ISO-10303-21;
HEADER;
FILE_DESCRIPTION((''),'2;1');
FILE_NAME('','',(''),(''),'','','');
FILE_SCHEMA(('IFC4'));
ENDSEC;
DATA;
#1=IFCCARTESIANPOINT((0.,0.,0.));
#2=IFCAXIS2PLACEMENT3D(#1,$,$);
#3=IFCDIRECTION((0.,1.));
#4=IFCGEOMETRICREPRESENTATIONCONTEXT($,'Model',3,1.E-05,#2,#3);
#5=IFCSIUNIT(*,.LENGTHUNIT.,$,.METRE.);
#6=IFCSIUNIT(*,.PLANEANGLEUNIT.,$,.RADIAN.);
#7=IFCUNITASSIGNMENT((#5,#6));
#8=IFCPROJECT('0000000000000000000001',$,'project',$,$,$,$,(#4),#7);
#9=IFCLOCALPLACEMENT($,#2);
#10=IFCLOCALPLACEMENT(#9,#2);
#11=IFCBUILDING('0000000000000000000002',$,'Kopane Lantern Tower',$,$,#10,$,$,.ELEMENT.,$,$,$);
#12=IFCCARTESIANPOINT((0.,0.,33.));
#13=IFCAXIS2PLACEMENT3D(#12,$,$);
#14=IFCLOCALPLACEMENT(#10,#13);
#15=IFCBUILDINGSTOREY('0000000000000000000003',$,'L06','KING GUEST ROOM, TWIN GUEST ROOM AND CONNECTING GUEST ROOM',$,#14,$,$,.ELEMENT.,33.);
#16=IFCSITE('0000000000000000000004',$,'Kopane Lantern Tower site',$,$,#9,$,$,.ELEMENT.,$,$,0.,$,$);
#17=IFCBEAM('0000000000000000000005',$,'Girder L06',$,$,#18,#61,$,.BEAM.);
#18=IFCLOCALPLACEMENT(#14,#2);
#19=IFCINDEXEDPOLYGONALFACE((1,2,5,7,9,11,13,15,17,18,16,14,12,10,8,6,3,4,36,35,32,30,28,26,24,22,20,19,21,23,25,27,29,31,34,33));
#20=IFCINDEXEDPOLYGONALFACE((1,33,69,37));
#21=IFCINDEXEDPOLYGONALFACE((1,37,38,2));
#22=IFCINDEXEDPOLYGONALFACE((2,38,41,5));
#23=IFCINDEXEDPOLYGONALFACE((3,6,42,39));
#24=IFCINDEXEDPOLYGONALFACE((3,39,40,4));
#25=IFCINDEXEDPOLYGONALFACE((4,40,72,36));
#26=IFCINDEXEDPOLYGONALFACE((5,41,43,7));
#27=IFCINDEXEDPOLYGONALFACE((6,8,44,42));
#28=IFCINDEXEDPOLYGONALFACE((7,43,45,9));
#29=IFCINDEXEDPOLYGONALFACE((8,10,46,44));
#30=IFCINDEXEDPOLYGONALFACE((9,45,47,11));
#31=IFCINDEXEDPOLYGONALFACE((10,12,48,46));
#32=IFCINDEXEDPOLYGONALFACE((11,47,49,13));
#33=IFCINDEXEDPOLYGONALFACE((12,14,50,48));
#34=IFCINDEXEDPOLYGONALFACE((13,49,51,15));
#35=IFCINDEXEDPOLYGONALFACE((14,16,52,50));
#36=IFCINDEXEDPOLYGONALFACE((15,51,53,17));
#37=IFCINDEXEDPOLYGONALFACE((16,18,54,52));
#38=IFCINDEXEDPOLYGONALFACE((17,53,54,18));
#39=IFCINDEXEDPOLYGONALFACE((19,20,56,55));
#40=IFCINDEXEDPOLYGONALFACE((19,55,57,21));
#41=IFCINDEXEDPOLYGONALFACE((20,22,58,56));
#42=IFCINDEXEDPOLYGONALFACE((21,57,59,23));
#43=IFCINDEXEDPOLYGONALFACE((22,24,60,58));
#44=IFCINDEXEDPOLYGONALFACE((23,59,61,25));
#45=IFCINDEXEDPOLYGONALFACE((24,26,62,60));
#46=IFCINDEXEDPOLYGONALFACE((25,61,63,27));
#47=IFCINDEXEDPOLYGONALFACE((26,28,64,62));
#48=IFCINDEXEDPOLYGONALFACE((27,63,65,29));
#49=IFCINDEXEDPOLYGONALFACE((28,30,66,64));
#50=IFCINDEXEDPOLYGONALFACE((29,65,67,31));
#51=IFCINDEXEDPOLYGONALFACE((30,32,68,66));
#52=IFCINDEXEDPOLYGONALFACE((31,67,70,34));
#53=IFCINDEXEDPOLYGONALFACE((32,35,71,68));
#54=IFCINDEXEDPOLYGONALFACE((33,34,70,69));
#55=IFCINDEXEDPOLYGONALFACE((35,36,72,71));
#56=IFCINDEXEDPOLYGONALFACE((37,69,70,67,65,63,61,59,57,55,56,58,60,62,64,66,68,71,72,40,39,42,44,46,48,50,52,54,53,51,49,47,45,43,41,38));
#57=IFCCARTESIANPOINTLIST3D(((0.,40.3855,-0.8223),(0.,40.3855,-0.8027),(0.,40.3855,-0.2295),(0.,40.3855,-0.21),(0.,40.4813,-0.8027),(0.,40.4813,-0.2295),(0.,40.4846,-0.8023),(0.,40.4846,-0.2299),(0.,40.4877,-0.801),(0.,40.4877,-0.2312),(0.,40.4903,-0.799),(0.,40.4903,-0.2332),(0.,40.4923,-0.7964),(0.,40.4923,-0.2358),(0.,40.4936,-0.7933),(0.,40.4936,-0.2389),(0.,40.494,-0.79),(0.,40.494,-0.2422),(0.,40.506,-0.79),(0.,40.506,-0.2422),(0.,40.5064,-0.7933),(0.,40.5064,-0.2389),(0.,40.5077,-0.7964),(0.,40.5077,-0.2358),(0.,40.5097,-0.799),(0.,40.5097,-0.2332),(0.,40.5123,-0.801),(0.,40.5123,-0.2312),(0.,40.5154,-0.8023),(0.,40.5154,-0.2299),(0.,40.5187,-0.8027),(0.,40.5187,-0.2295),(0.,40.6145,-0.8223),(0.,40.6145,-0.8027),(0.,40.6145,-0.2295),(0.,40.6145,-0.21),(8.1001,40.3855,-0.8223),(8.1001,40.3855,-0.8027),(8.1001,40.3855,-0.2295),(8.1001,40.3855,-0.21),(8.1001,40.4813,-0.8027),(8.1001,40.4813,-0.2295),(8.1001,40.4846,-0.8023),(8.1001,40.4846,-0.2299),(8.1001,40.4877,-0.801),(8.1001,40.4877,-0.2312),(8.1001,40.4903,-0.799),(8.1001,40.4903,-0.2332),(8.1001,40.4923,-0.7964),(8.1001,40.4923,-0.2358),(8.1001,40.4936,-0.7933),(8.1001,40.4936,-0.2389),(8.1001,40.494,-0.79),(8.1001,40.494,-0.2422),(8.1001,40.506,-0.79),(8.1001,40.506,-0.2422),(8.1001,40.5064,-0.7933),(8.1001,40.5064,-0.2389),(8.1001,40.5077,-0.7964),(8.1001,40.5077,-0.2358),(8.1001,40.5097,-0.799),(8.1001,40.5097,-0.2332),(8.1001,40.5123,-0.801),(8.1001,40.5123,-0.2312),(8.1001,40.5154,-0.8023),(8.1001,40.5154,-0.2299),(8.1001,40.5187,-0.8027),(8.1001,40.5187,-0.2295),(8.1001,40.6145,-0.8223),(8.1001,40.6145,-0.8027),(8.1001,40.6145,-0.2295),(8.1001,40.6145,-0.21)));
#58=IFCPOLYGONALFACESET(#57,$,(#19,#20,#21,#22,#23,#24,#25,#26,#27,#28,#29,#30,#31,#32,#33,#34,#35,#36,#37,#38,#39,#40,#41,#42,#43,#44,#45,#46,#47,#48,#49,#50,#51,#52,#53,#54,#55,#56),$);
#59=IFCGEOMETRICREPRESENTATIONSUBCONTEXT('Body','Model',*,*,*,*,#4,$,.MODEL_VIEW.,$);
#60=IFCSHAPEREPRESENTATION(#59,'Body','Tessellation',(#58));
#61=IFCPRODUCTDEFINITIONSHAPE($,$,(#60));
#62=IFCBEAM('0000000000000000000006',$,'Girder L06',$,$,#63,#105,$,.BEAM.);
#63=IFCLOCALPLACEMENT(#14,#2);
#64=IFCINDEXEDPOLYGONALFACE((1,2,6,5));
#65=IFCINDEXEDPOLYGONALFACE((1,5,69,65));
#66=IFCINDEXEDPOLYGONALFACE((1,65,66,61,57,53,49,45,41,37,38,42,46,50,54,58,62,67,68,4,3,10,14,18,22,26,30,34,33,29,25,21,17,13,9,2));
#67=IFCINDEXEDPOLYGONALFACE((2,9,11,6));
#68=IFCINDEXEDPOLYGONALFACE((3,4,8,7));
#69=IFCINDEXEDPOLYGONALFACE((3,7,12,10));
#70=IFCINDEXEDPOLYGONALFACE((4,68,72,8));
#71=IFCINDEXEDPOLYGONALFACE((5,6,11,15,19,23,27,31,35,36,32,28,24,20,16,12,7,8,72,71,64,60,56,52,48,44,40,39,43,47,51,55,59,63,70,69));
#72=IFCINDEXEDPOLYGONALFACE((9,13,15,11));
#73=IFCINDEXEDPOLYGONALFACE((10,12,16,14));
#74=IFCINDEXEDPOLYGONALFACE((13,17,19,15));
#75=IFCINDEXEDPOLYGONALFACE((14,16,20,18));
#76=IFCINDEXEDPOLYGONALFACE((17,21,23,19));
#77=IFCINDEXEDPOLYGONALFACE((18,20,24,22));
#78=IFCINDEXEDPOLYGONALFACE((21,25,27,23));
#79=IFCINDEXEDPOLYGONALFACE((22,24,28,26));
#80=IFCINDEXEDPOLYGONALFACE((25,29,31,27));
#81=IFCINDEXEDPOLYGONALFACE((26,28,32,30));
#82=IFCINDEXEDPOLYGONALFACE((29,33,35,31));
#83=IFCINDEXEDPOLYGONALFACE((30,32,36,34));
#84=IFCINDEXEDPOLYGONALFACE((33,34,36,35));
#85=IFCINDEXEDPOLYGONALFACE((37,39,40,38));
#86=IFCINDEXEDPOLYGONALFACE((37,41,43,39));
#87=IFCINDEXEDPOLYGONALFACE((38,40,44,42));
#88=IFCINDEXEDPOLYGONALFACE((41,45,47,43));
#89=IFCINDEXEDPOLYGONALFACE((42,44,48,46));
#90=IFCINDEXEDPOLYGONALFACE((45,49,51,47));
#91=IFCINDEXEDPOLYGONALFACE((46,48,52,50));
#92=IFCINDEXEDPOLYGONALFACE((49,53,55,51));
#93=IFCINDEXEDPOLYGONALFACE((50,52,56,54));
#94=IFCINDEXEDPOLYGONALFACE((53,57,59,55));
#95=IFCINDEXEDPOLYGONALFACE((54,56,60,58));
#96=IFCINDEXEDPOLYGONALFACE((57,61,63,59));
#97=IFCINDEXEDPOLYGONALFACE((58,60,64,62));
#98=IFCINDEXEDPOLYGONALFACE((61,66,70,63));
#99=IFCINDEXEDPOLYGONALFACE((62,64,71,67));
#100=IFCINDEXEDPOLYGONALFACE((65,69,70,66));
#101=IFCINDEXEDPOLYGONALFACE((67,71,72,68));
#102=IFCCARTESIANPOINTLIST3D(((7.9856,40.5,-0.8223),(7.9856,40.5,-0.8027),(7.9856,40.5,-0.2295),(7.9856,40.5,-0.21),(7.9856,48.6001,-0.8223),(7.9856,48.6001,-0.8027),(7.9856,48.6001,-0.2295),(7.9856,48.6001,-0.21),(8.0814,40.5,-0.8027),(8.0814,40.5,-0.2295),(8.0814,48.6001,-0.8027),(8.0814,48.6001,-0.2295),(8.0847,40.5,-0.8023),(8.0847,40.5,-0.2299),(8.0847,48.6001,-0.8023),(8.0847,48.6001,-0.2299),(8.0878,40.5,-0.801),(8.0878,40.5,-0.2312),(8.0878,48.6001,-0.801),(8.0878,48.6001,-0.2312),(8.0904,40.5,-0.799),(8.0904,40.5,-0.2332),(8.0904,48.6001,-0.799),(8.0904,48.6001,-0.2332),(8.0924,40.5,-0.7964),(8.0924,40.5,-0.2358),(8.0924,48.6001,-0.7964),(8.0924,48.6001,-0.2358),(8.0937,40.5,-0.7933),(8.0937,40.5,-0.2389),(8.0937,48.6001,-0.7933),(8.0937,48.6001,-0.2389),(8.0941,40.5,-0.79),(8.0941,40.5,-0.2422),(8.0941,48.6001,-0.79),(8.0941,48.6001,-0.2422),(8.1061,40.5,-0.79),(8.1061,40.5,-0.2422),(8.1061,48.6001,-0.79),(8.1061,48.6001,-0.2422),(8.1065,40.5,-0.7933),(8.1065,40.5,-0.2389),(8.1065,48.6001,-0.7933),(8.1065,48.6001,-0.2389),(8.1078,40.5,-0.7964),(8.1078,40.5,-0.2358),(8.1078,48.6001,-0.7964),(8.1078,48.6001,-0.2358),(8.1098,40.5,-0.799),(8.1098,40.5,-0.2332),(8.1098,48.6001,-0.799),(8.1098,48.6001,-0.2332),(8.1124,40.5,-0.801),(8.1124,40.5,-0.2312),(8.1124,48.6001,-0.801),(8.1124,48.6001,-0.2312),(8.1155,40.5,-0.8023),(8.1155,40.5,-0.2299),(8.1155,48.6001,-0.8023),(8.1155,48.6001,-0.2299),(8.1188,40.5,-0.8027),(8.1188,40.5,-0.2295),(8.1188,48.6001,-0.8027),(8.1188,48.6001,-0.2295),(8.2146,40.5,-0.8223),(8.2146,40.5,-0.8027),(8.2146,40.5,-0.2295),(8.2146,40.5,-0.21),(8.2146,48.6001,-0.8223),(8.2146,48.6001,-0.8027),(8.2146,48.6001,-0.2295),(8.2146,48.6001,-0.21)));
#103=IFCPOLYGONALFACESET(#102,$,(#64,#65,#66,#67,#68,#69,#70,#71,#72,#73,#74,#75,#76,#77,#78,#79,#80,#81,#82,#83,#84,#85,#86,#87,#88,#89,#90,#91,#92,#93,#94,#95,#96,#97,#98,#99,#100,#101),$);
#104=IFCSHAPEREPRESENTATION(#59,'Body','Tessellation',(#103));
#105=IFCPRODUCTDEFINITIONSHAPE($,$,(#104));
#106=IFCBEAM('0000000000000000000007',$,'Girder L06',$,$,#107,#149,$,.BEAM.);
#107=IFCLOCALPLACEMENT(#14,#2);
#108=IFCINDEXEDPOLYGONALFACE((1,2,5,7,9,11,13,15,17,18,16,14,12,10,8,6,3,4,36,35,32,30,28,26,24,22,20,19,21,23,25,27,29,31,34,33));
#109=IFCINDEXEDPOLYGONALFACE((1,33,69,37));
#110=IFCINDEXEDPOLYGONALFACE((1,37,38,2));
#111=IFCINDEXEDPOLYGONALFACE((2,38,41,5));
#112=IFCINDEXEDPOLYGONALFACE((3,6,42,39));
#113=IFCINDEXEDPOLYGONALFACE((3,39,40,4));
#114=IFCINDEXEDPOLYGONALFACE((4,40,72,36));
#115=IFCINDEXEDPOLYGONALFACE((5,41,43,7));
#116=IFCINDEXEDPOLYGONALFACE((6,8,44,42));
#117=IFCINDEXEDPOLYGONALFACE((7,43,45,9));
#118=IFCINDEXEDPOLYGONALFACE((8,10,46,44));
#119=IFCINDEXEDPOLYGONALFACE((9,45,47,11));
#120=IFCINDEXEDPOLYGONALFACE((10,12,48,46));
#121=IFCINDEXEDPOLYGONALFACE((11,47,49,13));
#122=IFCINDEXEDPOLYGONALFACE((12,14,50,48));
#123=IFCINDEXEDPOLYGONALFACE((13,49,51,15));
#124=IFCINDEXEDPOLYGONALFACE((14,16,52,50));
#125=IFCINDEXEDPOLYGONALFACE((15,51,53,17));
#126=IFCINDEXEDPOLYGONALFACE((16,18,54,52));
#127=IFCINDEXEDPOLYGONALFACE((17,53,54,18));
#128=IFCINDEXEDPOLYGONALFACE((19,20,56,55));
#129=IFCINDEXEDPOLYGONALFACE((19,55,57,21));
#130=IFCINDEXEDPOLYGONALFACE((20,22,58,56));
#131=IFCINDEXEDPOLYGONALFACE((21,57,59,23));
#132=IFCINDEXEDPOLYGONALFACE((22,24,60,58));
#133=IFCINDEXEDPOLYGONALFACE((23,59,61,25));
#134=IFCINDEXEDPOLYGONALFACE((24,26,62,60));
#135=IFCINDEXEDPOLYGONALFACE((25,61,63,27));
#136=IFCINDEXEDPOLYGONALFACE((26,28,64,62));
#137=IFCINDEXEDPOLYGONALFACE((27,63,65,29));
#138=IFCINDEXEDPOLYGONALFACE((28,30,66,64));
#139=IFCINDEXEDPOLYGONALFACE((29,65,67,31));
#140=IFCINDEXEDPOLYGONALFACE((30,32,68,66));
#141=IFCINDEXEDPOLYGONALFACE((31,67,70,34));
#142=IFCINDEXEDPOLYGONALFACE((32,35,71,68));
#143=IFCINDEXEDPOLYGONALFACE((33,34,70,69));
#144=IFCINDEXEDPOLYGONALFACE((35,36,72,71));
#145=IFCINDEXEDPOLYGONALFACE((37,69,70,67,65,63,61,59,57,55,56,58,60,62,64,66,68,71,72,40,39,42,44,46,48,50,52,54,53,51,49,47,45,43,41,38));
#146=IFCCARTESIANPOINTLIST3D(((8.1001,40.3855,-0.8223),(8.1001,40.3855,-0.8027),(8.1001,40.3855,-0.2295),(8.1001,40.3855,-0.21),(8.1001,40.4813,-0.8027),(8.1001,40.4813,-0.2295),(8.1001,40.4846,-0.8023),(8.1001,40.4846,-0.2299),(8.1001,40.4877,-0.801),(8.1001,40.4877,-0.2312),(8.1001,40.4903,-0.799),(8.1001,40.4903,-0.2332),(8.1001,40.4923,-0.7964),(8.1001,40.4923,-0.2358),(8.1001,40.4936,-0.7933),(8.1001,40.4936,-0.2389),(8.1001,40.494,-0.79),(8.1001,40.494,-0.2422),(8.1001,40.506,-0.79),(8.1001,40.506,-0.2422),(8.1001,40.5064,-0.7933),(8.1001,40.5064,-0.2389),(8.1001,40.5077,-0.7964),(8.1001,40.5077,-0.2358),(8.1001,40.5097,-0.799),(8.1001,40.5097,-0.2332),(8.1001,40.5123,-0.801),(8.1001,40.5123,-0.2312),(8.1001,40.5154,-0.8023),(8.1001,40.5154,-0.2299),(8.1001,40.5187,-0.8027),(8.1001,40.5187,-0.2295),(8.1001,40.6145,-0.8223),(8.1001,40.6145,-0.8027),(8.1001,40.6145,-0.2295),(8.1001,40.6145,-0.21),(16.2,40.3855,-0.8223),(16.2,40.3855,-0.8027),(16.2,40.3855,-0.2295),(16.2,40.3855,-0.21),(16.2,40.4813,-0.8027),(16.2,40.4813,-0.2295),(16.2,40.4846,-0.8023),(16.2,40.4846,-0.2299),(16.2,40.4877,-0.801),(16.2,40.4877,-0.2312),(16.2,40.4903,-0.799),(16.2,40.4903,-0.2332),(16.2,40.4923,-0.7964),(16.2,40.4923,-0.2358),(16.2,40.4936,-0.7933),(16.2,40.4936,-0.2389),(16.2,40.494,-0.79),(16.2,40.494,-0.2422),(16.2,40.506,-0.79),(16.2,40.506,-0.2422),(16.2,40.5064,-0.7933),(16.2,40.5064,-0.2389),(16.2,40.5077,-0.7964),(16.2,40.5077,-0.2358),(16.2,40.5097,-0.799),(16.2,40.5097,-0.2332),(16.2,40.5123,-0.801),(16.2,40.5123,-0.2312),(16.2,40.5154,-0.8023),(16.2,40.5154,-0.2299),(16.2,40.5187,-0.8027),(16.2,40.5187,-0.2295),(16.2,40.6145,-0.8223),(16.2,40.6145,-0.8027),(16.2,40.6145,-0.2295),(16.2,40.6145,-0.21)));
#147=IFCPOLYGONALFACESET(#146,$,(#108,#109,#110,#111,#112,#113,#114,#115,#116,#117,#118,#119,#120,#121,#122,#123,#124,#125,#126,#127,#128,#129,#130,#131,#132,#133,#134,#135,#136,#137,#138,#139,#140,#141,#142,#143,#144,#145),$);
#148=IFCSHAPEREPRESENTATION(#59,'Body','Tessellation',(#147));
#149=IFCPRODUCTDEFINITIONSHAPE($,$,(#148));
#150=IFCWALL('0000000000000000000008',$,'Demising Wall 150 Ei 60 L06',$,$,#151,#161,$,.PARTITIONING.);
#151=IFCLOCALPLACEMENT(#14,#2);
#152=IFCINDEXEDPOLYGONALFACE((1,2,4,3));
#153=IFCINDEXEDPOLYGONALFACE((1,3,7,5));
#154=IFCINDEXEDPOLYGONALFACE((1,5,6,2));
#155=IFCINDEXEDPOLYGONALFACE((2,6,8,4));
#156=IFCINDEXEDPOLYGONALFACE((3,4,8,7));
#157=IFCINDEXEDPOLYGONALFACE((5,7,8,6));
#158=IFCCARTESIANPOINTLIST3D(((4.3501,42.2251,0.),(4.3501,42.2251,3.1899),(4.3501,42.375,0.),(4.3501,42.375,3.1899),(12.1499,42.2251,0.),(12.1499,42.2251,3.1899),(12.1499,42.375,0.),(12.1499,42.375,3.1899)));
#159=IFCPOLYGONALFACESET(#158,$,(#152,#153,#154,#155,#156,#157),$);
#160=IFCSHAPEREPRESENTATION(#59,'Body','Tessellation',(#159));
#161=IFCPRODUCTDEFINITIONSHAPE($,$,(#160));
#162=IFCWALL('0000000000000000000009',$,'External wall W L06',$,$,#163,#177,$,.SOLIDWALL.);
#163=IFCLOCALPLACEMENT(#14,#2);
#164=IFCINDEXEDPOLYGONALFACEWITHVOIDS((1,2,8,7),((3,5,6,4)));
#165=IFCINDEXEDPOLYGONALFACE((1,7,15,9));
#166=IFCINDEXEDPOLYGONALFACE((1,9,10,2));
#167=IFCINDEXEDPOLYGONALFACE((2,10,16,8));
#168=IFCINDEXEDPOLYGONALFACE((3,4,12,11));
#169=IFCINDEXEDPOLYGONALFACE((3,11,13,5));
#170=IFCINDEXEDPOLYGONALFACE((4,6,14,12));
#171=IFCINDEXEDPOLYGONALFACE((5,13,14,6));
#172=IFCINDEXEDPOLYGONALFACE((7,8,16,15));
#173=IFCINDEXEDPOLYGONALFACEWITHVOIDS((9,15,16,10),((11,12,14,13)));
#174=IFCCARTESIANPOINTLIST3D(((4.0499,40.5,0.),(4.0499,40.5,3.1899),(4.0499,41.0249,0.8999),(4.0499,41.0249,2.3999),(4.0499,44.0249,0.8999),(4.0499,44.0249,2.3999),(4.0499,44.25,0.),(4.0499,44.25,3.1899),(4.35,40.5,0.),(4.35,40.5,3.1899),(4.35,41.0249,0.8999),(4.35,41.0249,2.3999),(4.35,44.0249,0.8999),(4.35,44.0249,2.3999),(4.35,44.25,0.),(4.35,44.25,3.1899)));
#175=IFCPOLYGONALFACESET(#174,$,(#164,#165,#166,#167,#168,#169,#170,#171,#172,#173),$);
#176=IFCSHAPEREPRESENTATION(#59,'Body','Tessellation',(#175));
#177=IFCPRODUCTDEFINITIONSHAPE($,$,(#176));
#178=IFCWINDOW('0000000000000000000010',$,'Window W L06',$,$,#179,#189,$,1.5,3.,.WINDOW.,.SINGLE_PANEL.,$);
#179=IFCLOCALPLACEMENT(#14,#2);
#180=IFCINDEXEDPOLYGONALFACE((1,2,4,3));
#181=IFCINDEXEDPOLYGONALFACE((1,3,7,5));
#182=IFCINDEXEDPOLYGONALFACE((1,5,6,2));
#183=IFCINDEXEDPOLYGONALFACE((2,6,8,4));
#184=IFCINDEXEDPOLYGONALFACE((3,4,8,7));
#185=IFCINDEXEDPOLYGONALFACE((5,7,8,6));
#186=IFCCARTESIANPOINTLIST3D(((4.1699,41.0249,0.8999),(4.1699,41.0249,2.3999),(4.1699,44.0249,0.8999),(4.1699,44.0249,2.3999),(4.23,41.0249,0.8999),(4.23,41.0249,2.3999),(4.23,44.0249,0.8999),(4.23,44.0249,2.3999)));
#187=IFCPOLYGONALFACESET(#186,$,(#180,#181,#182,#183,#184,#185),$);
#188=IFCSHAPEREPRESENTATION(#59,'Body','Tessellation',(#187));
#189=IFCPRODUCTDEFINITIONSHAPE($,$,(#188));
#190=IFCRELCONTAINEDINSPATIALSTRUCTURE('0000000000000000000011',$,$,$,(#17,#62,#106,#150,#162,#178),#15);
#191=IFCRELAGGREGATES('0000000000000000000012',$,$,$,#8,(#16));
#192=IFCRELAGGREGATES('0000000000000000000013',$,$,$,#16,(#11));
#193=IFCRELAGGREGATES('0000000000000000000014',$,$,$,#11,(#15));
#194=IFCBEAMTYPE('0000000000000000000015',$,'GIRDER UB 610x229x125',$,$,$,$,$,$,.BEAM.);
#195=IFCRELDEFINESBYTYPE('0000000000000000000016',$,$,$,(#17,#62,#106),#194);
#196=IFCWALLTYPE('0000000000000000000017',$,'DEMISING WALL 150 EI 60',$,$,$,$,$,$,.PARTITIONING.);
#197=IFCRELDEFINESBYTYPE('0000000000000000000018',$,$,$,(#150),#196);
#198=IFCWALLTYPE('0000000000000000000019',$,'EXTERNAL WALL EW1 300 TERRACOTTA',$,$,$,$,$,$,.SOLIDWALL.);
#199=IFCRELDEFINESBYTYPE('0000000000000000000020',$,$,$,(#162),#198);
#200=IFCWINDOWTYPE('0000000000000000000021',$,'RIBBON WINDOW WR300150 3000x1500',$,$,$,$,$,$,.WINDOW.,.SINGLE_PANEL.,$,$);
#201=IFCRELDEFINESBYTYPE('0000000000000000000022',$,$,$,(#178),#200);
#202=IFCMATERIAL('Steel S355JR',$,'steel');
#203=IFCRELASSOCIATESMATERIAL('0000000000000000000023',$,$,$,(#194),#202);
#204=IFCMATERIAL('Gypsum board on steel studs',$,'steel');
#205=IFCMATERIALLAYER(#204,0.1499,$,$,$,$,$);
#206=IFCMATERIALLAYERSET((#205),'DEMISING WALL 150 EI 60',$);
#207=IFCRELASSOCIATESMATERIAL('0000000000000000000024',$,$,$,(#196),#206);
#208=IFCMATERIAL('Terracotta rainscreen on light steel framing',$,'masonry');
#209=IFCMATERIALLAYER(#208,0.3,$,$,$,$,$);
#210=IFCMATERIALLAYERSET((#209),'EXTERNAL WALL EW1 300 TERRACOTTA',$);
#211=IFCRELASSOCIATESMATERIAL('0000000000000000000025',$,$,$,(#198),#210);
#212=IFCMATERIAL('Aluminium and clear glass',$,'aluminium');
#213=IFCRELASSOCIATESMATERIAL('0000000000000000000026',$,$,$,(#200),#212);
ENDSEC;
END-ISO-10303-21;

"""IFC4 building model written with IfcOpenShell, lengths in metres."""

from ifc_helpers import new_model, si_unit, direction, frame, frame_2d, origin, origin_2d, place, context, subcontext, project, spatial, rectangle, i_section, extrude, material, layer, layer_set, material_profile, profile_set, type_object, element, fill, save


model = new_model("IFC4")

# Units and contexts
model_context = context("Model", 3, precision=1e-05, world=origin(), true_north=direction((0.0, 1.0)))
body_context = subcontext(model_context, "Body", "Model", "MODEL_VIEW")
ifc_project = project(units=[si_unit("LENGTHUNIT", "METRE"), si_unit("PLANEANGLEUNIT", "RADIAN")], contexts=[model_context])

# Site, building, storey
site_placement = place(None, origin())
site = spatial("IfcSite", under=ifc_project, at=site_placement, Name="Kopane Lantern Tower site", CompositionType="ELEMENT", RefElevation=0.0)
building_placement = place(site_placement, origin())
building = spatial("IfcBuilding", under=site, at=building_placement, Name="Kopane Lantern Tower", CompositionType="ELEMENT")
storey_placement = place(building_placement, frame((0.0, 0.0, 33.0)))
storey = spatial("IfcBuildingStorey", under=building, at=storey_placement, Name="L06", Description="KING GUEST ROOM, TWIN GUEST ROOM AND CONNECTING GUEST ROOM", CompositionType="ELEMENT", Elevation=33.0)

# Beams
ifc_material_1 = material(Name="Steel S355JR", Category="steel")
ifc_material_profile_1 = material_profile(ifc_material_1, i_section(OverallWidth=0.229, OverallDepth=0.6123, WebThickness=0.012, FlangeThickness=0.0195, FilletRadius=0.0127, at=origin_2d()), Name="UB 610x229x125")
ifc_profile_set_1 = profile_set([ifc_material_profile_1], Name="Steel S355JR")
beam_type_1 = type_object("IfcBeamType", Name="GIRDER UB 610x229x125", PredefinedType="BEAM", material=ifc_profile_set_1)
for number, where, z_axis, x_axis, name in (
    (1, (0.0, 40.5, -0.5161), (1.0, 0.0, 0.0), (0.0, 1.0, 0.0), "Girder L06"),
    (2, (8.1001, 40.5, -0.5161), (0.0, 1.0, 0.0), (-1.0, 0.0, 0.0), "Girder L06"),
):
    element("IfcBeam", number, at=place(storey_placement, frame(where, z_axis=z_axis, x_axis=x_axis)), inside=storey, type_object=beam_type_1, Name=name, PredefinedType="BEAM", context=body_context, shape_type="SweptSolid", body=[
        extrude(i_section(OverallWidth=0.229, OverallDepth=0.6123, WebThickness=0.012, FlangeThickness=0.0195, FilletRadius=0.0127, at=origin_2d()), origin(), (0.0, 0.0, 1.0), 8.1001),
    ])
beam_1_placement = place(storey_placement, frame((8.1001, 40.5, -0.5161), z_axis=(1.0, 0.0, 0.0), x_axis=(0.0, 1.0, 0.0)))
element("IfcBeam", 3, at=beam_1_placement, inside=storey, type_object=beam_type_1, Name="Girder L06", PredefinedType="BEAM", context=body_context, shape_type="SweptSolid", body=[
    extrude(i_section(OverallWidth=0.229, OverallDepth=0.6123, WebThickness=0.012, FlangeThickness=0.0195, FilletRadius=0.0127, at=origin_2d()), origin(), (0.0, 0.0, 1.0), 8.0999),
])

# Wall
ifc_material_2 = material(Name="Gypsum board on steel studs", Category="steel")
ifc_layer_1 = layer(ifc_material_2, 0.1499)
ifc_layer_set_1 = layer_set([ifc_layer_1], Name="DEMISING WALL 150 EI 60")
wall_type_1 = type_object("IfcWallType", Name="DEMISING WALL 150 EI 60", PredefinedType="PARTITIONING", material=ifc_layer_set_1)
wall_1_placement = place(storey_placement, frame((4.3501, 42.3, 0.0), z_axis=(0.0, 0.0, 1.0), x_axis=(1.0, 0.0, 0.0)))
element("IfcWall", 4, at=wall_1_placement, inside=storey, type_object=wall_type_1, Name="Demising Wall 150 Ei 60 L06", PredefinedType="PARTITIONING", context=body_context, shape_type="SweptSolid", body=[
    extrude(rectangle(XDim=7.7998, YDim=0.1499, at=frame_2d((3.8999, 0.0))), origin(), (0.0, 0.0, 1.0), 3.1899),
])

# Wall, opening, window
ifc_material_3 = material(Name="Terracotta rainscreen on light steel framing", Category="masonry")
ifc_layer_2 = layer(ifc_material_3, 0.3)
ifc_layer_set_2 = layer_set([ifc_layer_2], Name="EXTERNAL WALL EW1 300 TERRACOTTA")
wall_type_2 = type_object("IfcWallType", Name="EXTERNAL WALL EW1 300 TERRACOTTA", PredefinedType="SOLIDWALL", material=ifc_layer_set_2)
wall_2_placement = place(storey_placement, frame((4.2, 44.25, 0.0), z_axis=(0.0, 0.0, 1.0), x_axis=(0.0, -1.0, 0.0)))
wall_2 = element("IfcWall", 5, at=wall_2_placement, inside=storey, type_object=wall_type_2, Name="External wall W L06", PredefinedType="SOLIDWALL", context=body_context, shape_type="SweptSolid", body=[
    extrude(rectangle(XDim=3.75, YDim=0.3, at=frame_2d((1.875, 0.0))), origin(), (0.0, 0.0, 1.0), 3.1899),
])
opening_placement = place(wall_2_placement, frame((0.2251, 0.0, 0.8999)))
opening = element("IfcOpeningElement", 6, at=opening_placement, cuts=wall_2, PredefinedType="OPENING", context=body_context, shape_type="SweptSolid", body=[
    extrude(rectangle(XDim=3.0, YDim=1.5, at=frame_2d((1.5, 0.75))), frame((0.0, 0.1599, 0.0), z_axis=(0.0, -1.0, 0.0), x_axis=(1.0, 0.0, 0.0)), (0.0, 0.0, 1.0), 0.3201),
])
ifc_material_4 = material(Name="Aluminium and clear glass", Category="aluminium")
window_type = type_object("IfcWindowType", Name="RIBBON WINDOW WR300150 3000x1500", PartitioningType="SINGLE_PANEL", PredefinedType="WINDOW", material=ifc_material_4)
window_placement = place(opening_placement, origin())
window = element("IfcWindow", 7, at=window_placement, inside=storey, type_object=window_type, Name="Window W L06", OverallHeight=1.5, OverallWidth=3.0, PartitioningType="SINGLE_PANEL", PredefinedType="WINDOW", context=body_context, shape_type="SweptSolid", body=[
    extrude(rectangle(XDim=3.0, YDim=1.5, at=frame_2d((1.5, 0.75))), frame((0.0, 0.03, 0.0), z_axis=(0.0, -1.0, 0.0), x_axis=(1.0, 0.0, 0.0)), (0.0, 0.0, 1.0), 0.0601),
])
fill(opening, window)

save(model, "model.ifc")
